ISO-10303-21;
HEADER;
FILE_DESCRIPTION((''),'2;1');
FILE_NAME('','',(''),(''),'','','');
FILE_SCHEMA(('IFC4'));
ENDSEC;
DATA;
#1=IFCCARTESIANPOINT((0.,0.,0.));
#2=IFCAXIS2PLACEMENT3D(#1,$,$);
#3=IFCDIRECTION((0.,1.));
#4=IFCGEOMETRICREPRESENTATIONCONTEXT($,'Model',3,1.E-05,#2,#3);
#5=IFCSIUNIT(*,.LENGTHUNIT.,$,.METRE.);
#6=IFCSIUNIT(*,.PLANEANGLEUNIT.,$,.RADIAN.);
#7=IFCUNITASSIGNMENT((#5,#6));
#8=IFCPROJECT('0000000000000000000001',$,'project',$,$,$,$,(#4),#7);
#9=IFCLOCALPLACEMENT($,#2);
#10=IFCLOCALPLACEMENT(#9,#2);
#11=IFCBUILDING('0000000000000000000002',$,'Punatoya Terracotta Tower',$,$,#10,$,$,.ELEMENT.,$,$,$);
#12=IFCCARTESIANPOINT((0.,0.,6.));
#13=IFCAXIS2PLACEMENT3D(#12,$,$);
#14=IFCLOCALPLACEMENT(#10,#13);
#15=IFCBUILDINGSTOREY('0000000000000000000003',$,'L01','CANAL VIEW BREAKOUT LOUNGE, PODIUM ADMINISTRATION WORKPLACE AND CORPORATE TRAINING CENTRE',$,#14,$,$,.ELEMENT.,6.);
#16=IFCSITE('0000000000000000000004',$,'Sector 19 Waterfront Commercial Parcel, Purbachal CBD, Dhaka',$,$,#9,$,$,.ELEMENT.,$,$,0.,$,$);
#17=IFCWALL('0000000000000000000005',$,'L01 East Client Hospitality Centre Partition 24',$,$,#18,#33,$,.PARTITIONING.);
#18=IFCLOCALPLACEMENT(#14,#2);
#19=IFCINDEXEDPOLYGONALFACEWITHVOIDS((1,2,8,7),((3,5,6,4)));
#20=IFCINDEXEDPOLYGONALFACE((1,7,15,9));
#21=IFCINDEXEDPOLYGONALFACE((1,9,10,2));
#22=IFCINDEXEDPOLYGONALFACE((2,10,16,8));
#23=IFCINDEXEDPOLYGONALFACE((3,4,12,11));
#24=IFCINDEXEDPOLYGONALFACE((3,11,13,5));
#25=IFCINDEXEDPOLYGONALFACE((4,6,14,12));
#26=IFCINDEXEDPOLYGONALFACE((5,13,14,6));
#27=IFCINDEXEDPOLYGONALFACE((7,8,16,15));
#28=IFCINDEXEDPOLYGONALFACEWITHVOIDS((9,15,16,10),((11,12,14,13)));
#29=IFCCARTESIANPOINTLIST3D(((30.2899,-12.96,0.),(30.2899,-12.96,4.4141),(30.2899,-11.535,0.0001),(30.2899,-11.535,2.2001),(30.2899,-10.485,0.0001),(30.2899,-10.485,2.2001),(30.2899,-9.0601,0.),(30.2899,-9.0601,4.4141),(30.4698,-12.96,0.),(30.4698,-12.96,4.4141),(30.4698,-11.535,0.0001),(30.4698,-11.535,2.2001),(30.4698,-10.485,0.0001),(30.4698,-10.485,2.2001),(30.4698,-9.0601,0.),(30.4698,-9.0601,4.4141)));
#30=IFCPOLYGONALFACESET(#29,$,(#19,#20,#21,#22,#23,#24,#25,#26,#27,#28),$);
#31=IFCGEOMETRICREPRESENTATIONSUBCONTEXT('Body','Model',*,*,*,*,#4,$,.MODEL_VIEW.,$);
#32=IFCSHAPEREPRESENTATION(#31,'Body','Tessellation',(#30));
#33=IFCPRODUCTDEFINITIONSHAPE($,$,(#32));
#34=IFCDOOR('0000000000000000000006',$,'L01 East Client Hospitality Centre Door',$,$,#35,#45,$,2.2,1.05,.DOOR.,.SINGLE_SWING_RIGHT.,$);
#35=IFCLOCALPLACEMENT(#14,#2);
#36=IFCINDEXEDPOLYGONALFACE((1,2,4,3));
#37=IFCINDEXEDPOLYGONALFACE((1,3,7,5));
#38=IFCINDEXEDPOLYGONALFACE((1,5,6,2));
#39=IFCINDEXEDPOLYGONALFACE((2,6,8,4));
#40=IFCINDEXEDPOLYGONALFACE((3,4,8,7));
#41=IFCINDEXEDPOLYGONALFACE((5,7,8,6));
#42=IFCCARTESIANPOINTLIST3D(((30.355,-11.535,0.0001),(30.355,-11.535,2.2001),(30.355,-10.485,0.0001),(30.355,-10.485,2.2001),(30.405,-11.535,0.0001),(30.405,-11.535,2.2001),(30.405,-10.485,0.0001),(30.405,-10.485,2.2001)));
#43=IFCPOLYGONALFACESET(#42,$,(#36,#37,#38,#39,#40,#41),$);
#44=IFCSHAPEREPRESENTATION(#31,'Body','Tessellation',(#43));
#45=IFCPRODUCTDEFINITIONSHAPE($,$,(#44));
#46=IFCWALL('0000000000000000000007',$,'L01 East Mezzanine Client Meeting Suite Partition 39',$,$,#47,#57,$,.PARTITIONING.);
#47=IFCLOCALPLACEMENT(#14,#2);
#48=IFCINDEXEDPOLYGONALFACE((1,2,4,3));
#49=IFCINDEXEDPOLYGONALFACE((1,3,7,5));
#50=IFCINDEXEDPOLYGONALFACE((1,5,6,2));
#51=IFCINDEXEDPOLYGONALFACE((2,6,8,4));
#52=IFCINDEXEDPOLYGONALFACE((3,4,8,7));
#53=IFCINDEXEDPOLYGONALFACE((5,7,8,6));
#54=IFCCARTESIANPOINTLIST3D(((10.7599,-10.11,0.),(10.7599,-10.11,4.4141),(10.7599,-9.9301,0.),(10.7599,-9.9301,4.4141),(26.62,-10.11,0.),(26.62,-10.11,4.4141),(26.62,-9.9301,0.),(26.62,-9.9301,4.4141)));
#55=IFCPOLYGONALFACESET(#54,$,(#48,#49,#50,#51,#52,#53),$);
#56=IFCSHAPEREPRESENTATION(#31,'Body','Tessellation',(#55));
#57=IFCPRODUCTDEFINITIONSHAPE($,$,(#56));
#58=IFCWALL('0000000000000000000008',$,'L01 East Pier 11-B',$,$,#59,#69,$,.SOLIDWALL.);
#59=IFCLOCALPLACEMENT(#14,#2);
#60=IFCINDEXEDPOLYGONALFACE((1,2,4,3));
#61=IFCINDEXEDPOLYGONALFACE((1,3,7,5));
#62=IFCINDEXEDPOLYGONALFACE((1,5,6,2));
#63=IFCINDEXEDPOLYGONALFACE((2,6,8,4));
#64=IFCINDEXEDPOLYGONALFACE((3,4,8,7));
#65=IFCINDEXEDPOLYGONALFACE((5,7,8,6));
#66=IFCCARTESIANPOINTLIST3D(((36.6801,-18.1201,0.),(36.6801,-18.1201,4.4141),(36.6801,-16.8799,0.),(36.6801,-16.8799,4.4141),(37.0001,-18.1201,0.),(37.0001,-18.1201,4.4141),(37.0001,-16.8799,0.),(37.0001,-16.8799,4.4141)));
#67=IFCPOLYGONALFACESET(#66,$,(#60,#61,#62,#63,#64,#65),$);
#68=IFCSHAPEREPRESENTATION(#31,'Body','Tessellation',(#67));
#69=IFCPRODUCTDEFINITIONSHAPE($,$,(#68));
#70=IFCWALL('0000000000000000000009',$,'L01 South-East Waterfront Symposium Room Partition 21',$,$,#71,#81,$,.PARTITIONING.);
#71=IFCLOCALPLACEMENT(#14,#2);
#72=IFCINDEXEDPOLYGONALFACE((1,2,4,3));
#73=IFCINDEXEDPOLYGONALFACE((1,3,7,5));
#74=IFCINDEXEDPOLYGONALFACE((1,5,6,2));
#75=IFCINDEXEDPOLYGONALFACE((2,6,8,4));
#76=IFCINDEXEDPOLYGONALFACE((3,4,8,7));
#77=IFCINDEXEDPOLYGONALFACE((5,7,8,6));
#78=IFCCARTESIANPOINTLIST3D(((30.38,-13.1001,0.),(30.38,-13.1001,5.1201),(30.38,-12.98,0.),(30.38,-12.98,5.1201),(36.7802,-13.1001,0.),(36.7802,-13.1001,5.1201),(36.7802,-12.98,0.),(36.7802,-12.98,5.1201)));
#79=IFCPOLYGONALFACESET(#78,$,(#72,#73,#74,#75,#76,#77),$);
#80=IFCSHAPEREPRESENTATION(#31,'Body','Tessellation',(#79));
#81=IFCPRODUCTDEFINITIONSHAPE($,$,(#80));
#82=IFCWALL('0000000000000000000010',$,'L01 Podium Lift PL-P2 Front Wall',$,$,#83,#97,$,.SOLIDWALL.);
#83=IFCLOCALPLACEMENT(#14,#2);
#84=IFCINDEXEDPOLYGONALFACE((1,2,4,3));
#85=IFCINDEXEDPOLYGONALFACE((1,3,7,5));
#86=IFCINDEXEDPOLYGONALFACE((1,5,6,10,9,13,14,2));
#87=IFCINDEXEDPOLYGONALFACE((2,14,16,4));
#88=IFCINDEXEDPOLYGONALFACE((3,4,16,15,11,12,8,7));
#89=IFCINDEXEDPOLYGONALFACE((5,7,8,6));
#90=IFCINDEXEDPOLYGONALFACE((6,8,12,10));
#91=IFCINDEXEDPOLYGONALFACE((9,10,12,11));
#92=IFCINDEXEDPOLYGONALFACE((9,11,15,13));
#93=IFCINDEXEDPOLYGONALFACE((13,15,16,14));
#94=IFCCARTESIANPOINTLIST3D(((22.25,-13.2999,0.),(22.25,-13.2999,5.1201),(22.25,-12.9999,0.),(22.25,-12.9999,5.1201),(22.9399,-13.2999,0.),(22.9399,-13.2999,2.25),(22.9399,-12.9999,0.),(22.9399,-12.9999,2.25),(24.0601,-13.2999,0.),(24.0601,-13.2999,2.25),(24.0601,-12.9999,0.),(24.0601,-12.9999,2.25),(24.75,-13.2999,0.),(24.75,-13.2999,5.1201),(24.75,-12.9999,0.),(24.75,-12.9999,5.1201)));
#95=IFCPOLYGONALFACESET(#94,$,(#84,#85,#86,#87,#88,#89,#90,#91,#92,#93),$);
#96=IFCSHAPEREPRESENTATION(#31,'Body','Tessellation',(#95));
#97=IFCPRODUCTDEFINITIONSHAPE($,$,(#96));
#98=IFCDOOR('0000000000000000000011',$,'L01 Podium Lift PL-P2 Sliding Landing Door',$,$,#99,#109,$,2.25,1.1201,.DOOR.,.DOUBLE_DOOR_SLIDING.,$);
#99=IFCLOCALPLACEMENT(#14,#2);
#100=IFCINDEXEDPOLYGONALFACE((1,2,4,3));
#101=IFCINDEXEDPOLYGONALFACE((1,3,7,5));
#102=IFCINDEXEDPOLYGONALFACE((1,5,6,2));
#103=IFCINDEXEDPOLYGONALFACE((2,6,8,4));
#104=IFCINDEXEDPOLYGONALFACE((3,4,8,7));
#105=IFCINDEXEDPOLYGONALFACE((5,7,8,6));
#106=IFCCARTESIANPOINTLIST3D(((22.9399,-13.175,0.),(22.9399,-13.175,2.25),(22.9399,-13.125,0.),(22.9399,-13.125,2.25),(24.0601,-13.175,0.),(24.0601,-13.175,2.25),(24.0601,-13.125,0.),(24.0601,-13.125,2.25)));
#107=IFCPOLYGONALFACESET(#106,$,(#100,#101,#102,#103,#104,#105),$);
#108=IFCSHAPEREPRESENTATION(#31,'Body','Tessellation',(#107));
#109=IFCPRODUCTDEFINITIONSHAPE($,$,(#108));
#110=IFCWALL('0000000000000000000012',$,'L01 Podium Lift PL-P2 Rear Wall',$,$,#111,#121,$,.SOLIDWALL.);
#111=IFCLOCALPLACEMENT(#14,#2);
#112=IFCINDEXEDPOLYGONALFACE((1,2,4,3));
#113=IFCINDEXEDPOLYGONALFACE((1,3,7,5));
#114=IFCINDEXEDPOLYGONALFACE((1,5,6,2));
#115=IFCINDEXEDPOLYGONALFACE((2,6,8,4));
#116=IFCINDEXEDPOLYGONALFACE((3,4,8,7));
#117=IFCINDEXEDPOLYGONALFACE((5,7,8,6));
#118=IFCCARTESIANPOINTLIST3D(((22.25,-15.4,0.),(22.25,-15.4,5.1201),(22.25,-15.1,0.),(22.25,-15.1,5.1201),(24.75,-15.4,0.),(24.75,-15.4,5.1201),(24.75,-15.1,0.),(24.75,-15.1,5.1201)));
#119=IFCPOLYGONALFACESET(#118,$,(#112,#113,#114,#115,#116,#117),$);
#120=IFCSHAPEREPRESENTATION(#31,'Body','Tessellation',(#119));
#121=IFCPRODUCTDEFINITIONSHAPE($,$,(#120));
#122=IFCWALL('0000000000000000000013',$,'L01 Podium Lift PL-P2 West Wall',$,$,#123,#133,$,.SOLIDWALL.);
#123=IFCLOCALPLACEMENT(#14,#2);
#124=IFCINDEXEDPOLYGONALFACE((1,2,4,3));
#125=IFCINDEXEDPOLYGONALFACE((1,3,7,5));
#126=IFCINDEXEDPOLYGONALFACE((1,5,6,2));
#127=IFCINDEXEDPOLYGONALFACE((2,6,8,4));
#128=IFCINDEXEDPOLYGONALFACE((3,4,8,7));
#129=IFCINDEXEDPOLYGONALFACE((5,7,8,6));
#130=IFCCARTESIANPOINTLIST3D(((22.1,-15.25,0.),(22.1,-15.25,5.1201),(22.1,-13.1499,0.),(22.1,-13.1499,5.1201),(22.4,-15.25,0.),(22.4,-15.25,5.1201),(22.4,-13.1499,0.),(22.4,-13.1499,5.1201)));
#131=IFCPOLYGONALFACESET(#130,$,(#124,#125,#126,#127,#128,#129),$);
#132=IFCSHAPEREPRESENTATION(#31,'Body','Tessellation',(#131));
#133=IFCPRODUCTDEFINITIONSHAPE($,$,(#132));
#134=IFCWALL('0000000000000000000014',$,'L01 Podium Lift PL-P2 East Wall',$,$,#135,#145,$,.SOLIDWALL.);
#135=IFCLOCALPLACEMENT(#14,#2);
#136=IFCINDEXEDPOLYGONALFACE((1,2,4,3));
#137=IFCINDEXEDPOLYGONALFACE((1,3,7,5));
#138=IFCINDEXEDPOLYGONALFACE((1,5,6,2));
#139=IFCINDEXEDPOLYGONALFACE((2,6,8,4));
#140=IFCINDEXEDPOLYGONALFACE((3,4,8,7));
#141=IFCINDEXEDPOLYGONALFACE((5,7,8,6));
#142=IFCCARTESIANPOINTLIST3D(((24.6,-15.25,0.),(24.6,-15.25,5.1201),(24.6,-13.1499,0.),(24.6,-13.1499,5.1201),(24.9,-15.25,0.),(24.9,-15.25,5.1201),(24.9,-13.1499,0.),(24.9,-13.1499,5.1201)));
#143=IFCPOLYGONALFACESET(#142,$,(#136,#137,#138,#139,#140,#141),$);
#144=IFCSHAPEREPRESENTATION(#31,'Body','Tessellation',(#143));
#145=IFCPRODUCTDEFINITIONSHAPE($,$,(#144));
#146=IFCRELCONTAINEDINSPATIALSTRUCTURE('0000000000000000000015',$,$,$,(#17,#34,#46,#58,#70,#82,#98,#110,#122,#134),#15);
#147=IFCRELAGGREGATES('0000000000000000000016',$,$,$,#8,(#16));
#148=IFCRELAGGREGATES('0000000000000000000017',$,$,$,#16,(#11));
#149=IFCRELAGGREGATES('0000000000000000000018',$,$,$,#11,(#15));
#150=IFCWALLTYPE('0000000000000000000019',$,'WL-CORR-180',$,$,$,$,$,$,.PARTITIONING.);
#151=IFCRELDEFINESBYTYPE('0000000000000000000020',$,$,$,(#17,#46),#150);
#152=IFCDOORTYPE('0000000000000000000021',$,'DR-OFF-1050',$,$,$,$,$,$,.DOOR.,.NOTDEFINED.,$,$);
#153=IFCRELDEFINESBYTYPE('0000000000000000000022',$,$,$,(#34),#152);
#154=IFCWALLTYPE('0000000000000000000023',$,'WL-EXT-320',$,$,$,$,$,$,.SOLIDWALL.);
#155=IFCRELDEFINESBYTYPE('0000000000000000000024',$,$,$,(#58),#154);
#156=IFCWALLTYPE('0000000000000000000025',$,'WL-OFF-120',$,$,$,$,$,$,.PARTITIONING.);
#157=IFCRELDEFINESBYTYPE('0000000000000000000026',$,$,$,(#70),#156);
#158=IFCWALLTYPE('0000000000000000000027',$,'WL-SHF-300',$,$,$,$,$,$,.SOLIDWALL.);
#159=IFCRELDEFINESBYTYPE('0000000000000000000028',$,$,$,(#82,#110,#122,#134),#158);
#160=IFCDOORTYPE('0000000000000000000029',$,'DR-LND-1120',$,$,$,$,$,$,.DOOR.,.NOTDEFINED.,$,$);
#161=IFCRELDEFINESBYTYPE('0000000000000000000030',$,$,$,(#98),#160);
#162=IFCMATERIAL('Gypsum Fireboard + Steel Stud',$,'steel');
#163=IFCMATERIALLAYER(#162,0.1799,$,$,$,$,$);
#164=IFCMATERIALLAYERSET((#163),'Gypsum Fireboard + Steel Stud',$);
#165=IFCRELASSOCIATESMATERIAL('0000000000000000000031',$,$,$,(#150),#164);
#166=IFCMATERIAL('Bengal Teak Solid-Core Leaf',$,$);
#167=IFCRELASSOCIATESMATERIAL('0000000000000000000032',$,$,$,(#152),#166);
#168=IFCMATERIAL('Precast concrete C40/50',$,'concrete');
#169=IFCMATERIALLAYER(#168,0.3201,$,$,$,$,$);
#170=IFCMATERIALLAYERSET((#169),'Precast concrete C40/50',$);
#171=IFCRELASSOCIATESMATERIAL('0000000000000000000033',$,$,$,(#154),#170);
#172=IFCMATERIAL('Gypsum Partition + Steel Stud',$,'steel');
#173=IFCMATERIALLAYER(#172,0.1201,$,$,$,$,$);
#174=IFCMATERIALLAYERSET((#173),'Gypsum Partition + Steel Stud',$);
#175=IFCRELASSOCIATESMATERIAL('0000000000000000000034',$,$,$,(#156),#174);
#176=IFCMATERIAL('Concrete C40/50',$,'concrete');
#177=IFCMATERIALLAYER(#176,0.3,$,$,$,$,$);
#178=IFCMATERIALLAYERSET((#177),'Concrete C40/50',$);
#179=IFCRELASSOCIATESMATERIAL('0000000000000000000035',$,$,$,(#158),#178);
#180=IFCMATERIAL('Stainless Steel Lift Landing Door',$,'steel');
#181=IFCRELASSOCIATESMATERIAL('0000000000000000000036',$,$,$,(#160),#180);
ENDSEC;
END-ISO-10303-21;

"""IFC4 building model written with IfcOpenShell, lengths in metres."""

from ifc_helpers import new_model, si_unit, direction, frame, frame_2d, origin, place, context, subcontext, project, spatial, rectangle, extrude, material, layer, layer_set, type_object, element, fill, save


model = new_model("IFC4")

# Units and contexts
model_context = context("Model", 3, precision=1e-05, world=origin(), true_north=direction((0.0, 1.0)))
body_context = subcontext(model_context, "Body", "Model", "MODEL_VIEW")
ifc_project = project(units=[si_unit("LENGTHUNIT", "METRE"), si_unit("PLANEANGLEUNIT", "RADIAN")], contexts=[model_context])

# Site, building, storey
site_placement = place(None, origin())
site = spatial("IfcSite", under=ifc_project, at=site_placement, Name="Sector 19 Waterfront Commercial Parcel, Purbachal CBD, Dhaka", CompositionType="ELEMENT", RefElevation=0.0)
building_placement = place(site_placement, origin())
building = spatial("IfcBuilding", under=site, at=building_placement, Name="Punatoya Terracotta Tower", CompositionType="ELEMENT")
storey_placement = place(building_placement, frame((0.0, 0.0, 6.0)))
storey = spatial("IfcBuildingStorey", under=building, at=storey_placement, Name="L01", Description="CANAL VIEW BREAKOUT LOUNGE, PODIUM ADMINISTRATION WORKPLACE AND CORPORATE TRAINING CENTRE", CompositionType="ELEMENT", Elevation=6.0)

# Shared definitions
ifc_material_1 = material(Name="Gypsum Fireboard + Steel Stud", Category="steel")
ifc_layer_1 = layer(ifc_material_1, 0.1799)
ifc_layer_set_1 = layer_set([ifc_layer_1], Name="Gypsum Fireboard + Steel Stud")
wall_type_1 = type_object("IfcWallType", Name="WL-CORR-180", PredefinedType="PARTITIONING", material=ifc_layer_set_1)

# Wall, opening, door
wall_1_placement = place(storey_placement, frame((30.3799, -12.96, 0.0), z_axis=(0.0, 0.0, 1.0), x_axis=(0.0, 1.0, 0.0)))
wall_1 = element("IfcWall", 1, at=wall_1_placement, inside=storey, type_object=wall_type_1, Name="L01 East Client Hospitality Centre Partition 24", PredefinedType="PARTITIONING", context=body_context, shape_type="SweptSolid", body=[
    extrude(rectangle(XDim=3.8999, YDim=0.1799, at=frame_2d((1.95, 0.0))), origin(), (0.0, 0.0, 1.0), 4.4141),
])
opening_1_placement = place(wall_1_placement, frame((1.425, 0.0, 0.0)))
opening_1 = element("IfcOpeningElement", 2, at=opening_1_placement, cuts=wall_1, PredefinedType="OPENING", context=body_context, shape_type="SweptSolid", body=[
    extrude(rectangle(XDim=1.05, YDim=2.2, at=frame_2d((0.5249, 1.1001))), frame((0.0, 0.0999, 0.0), z_axis=(0.0, -1.0, 0.0), x_axis=(1.0, 0.0, 0.0)), (0.0, 0.0, 1.0), 0.2),
])
ifc_material_2 = material(Name="Bengal Teak Solid-Core Leaf")
door_type_1 = type_object("IfcDoorType", Name="DR-OFF-1050", OperationType="NOTDEFINED", PredefinedType="DOOR", material=ifc_material_2)
door_1_placement = place(opening_1_placement, origin())
door_1 = element("IfcDoor", 3, at=door_1_placement, inside=storey, type_object=door_type_1, Name="L01 East Client Hospitality Centre Door", OperationType="SINGLE_SWING_RIGHT", OverallHeight=2.2, OverallWidth=1.05, PredefinedType="DOOR", context=body_context, shape_type="SweptSolid", body=[
    extrude(rectangle(XDim=1.05, YDim=2.2, at=frame_2d((0.5249, 1.1001))), frame((0.0, 0.0249, 0.0), z_axis=(0.0, -1.0, 0.0), x_axis=(1.0, 0.0, 0.0)), (0.0, 0.0, 1.0), 0.05),
])
fill(opening_1, door_1)

# Walls
wall_2_placement = place(storey_placement, frame((26.6201, -10.02, 0.0), z_axis=(0.0, 0.0, 1.0), x_axis=(-1.0, 0.0, 0.0)))
element("IfcWall", 4, at=wall_2_placement, inside=storey, type_object=wall_type_1, Name="L01 East Mezzanine Client Meeting Suite Partition 39", PredefinedType="PARTITIONING", context=body_context, shape_type="SweptSolid", body=[
    extrude(rectangle(XDim=15.8601, YDim=0.1799, at=frame_2d((7.9302, 0.0))), origin(), (0.0, 0.0, 1.0), 4.4141),
])
ifc_material_3 = material(Name="Precast concrete C40/50", Category="concrete")
ifc_layer_2 = layer(ifc_material_3, 0.3201)
ifc_layer_set_2 = layer_set([ifc_layer_2], Name="Precast concrete C40/50")
wall_type_2 = type_object("IfcWallType", Name="WL-EXT-320", PredefinedType="SOLIDWALL", material=ifc_layer_set_2)
wall_3_placement = place(storey_placement, frame((36.8401, -16.8799, 0.0), z_axis=(0.0, 0.0, 1.0), x_axis=(0.0, -1.0, 0.0)))
element("IfcWall", 5, at=wall_3_placement, inside=storey, type_object=wall_type_2, Name="L01 East Pier 11-B", PredefinedType="SOLIDWALL", context=body_context, shape_type="SweptSolid", body=[
    extrude(rectangle(XDim=1.2402, YDim=0.3201, at=frame_2d((0.6201, 0.0))), origin(), (0.0, 0.0, 1.0), 4.4141),
])
ifc_material_4 = material(Name="Gypsum Partition + Steel Stud", Category="steel")
ifc_layer_3 = layer(ifc_material_4, 0.1201)
ifc_layer_set_3 = layer_set([ifc_layer_3], Name="Gypsum Partition + Steel Stud")
wall_type_3 = type_object("IfcWallType", Name="WL-OFF-120", PredefinedType="PARTITIONING", material=ifc_layer_set_3)
wall_4_placement = place(storey_placement, frame((30.3799, -13.04, 0.0), z_axis=(0.0, 0.0, 1.0), x_axis=(1.0, 0.0, 0.0)))
element("IfcWall", 6, at=wall_4_placement, inside=storey, type_object=wall_type_3, Name="L01 South-East Waterfront Symposium Room Partition 21", PredefinedType="PARTITIONING", context=body_context, shape_type="SweptSolid", body=[
    extrude(rectangle(XDim=6.4001, YDim=0.1201, at=frame_2d((3.2002, 0.0))), origin(), (0.0, 0.0, 1.0), 5.1201),
])

# Wall, opening, door
ifc_material_5 = material(Name="Concrete C40/50", Category="concrete")
ifc_layer_4 = layer(ifc_material_5, 0.3)
ifc_layer_set_4 = layer_set([ifc_layer_4], Name="Concrete C40/50")
wall_type_4 = type_object("IfcWallType", Name="WL-SHF-300", PredefinedType="SOLIDWALL", material=ifc_layer_set_4)
wall_5_placement = place(storey_placement, frame((22.25, -13.1499, 0.0), z_axis=(0.0, 0.0, 1.0), x_axis=(1.0, 0.0, 0.0)))
wall_5 = element("IfcWall", 7, at=wall_5_placement, inside=storey, type_object=wall_type_4, Name="L01 Podium Lift PL-P2 Front Wall", PredefinedType="SOLIDWALL", context=body_context, shape_type="SweptSolid", body=[
    extrude(rectangle(XDim=2.5, YDim=0.3, at=frame_2d((1.25, 0.0))), origin(), (0.0, 0.0, 1.0), 5.1201),
])
opening_2_placement = place(wall_5_placement, frame((0.6899, 0.0, 0.0)))
opening_2 = element("IfcOpeningElement", 8, at=opening_2_placement, cuts=wall_5, PredefinedType="OPENING", context=body_context, shape_type="SweptSolid", body=[
    extrude(rectangle(XDim=1.1201, YDim=2.25, at=frame_2d((0.5601, 1.125))), frame((0.0, 0.1599, 0.0), z_axis=(0.0, -1.0, 0.0), x_axis=(1.0, 0.0, 0.0)), (0.0, 0.0, 1.0), 0.3201),
])
ifc_material_6 = material(Name="Stainless Steel Lift Landing Door", Category="steel")
door_type_2 = type_object("IfcDoorType", Name="DR-LND-1120", OperationType="NOTDEFINED", PredefinedType="DOOR", material=ifc_material_6)
door_2_placement = place(opening_2_placement, origin())
door_2 = element("IfcDoor", 9, at=door_2_placement, inside=storey, type_object=door_type_2, Name="L01 Podium Lift PL-P2 Sliding Landing Door", OperationType="DOUBLE_DOOR_SLIDING", OverallHeight=2.25, OverallWidth=1.1201, PredefinedType="DOOR", context=body_context, shape_type="SweptSolid", body=[
    extrude(rectangle(XDim=1.1201, YDim=2.25, at=frame_2d((0.5601, 1.125))), frame((0.0, 0.0249, 0.0), z_axis=(0.0, -1.0, 0.0), x_axis=(1.0, 0.0, 0.0)), (0.0, 0.0, 1.0), 0.05),
])
fill(opening_2, door_2)

# Walls
wall_6_placement = place(storey_placement, frame((22.25, -15.25, 0.0), z_axis=(0.0, 0.0, 1.0), x_axis=(1.0, 0.0, 0.0)))
element("IfcWall", 10, at=wall_6_placement, inside=storey, type_object=wall_type_4, Name="L01 Podium Lift PL-P2 Rear Wall", PredefinedType="SOLIDWALL", context=body_context, shape_type="SweptSolid", body=[
    extrude(rectangle(XDim=2.5, YDim=0.3, at=frame_2d((1.25, 0.0))), origin(), (0.0, 0.0, 1.0), 5.1201),
])
for number, where, z_axis, x_axis, name in (
    (11, (22.25, -15.25, 0.0), (0.0, 0.0, 1.0), (0.0, 1.0, 0.0), "L01 Podium Lift PL-P2 West Wall"),
    (12, (24.75, -15.25, 0.0), (0.0, 0.0, 1.0), (0.0, 1.0, 0.0), "L01 Podium Lift PL-P2 East Wall"),
):
    element("IfcWall", number, at=place(storey_placement, frame(where, z_axis=z_axis, x_axis=x_axis)), inside=storey, type_object=wall_type_4, Name=name, PredefinedType="SOLIDWALL", context=body_context, shape_type="SweptSolid", body=[
        extrude(rectangle(XDim=2.1001, YDim=0.3, at=frame_2d((1.05, 0.0))), origin(), (0.0, 0.0, 1.0), 5.1201),
    ])

save(model, "model.ifc")
